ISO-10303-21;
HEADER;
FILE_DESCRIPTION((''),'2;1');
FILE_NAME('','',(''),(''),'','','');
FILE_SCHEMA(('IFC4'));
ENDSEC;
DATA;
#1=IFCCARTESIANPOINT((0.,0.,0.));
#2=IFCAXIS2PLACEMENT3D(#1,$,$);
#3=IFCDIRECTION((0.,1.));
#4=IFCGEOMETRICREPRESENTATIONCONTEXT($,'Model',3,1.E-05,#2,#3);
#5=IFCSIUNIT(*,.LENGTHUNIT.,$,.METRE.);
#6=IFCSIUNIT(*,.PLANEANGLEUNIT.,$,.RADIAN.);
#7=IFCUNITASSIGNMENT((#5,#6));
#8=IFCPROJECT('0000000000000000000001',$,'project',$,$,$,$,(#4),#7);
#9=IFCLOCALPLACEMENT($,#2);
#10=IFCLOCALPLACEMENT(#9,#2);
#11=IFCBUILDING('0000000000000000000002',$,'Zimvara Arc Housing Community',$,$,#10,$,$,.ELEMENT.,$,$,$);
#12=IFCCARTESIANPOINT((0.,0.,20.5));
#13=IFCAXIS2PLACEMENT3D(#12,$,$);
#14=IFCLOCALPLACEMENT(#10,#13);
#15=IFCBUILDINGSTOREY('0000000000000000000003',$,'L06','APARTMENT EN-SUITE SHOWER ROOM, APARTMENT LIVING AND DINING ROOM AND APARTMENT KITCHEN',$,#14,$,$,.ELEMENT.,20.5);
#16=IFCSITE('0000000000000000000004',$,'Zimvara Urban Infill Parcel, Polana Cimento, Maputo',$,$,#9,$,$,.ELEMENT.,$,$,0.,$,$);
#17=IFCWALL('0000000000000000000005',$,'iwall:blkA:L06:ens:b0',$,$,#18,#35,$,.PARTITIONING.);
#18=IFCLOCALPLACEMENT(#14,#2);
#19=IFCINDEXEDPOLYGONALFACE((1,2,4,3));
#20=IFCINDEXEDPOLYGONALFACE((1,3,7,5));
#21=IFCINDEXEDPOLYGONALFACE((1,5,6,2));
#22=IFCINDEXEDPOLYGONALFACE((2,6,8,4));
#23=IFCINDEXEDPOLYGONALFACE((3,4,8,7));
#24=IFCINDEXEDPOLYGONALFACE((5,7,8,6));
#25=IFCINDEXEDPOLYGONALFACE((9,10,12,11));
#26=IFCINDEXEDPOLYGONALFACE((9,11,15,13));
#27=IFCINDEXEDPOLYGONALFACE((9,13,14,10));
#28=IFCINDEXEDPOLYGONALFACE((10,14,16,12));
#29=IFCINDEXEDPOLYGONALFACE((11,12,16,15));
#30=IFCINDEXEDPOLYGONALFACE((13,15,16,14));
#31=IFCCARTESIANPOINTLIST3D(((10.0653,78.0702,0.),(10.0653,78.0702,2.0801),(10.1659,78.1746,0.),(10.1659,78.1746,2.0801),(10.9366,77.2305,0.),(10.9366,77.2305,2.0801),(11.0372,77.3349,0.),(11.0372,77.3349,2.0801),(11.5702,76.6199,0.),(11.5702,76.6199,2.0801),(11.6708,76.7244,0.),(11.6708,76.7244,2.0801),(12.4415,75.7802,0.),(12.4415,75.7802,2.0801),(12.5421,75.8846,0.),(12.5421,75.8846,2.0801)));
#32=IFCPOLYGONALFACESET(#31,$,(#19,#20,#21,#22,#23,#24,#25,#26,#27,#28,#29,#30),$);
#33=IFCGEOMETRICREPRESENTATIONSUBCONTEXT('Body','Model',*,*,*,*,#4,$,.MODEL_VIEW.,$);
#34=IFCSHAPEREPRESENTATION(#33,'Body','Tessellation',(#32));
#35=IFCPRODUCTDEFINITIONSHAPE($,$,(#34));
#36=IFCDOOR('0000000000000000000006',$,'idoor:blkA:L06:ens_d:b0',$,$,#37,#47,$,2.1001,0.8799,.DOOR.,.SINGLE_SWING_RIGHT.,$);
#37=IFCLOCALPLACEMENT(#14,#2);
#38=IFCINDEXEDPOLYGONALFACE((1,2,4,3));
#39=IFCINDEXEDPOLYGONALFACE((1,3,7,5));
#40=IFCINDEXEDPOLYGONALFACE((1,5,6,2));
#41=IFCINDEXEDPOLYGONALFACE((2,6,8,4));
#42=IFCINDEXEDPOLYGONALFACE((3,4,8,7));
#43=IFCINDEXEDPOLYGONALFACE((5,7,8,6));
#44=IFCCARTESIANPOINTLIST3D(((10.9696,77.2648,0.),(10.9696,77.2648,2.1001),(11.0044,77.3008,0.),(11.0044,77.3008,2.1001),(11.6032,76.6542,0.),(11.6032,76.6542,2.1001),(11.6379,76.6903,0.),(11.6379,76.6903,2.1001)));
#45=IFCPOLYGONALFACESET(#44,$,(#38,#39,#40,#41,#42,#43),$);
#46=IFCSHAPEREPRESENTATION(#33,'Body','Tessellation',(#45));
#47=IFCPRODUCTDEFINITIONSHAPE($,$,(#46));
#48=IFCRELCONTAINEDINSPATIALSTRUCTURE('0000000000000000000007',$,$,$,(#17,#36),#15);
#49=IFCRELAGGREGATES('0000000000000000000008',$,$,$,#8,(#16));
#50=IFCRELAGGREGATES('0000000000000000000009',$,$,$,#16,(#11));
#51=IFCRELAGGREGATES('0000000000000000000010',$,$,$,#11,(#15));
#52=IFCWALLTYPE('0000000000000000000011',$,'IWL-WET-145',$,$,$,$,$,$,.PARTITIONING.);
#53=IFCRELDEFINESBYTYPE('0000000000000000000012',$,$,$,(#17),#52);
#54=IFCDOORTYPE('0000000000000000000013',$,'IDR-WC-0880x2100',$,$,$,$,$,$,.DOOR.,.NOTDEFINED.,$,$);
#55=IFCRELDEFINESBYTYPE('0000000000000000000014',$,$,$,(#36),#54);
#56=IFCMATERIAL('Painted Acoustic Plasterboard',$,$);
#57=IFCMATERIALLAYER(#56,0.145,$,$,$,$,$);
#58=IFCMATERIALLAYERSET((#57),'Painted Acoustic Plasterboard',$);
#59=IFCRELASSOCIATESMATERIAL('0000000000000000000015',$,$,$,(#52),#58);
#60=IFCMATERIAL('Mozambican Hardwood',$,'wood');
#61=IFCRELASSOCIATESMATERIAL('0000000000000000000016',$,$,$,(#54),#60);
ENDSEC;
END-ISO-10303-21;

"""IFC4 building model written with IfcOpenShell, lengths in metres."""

from ifc_helpers import new_model, si_unit, direction, frame, frame_2d, origin, place, context, subcontext, project, spatial, rectangle, extrude, material, layer, layer_set, type_object, element, fill, save


model = new_model("IFC4")

# Units and contexts
model_context = context("Model", 3, precision=1e-05, world=origin(), true_north=direction((0.0, 1.0)))
body_context = subcontext(model_context, "Body", "Model", "MODEL_VIEW")
ifc_project = project(units=[si_unit("LENGTHUNIT", "METRE"), si_unit("PLANEANGLEUNIT", "RADIAN")], contexts=[model_context])

# Site, building, storey
site_placement = place(None, origin())
site = spatial("IfcSite", under=ifc_project, at=site_placement, Name="Zimvara Urban Infill Parcel, Polana Cimento, Maputo", CompositionType="ELEMENT", RefElevation=0.0)
building_placement = place(site_placement, origin())
building = spatial("IfcBuilding", under=site, at=building_placement, Name="Zimvara Arc Housing Community", CompositionType="ELEMENT")
storey_placement = place(building_placement, frame((0.0, 0.0, 20.5)))
storey = spatial("IfcBuildingStorey", under=building, at=storey_placement, Name="L06", Description="APARTMENT EN-SUITE SHOWER ROOM, APARTMENT LIVING AND DINING ROOM AND APARTMENT KITCHEN", CompositionType="ELEMENT", Elevation=20.5)

# Wall, opening, door
ifc_material_1 = material(Name="Painted Acoustic Plasterboard")
ifc_layer_1 = layer(ifc_material_1, 0.145)
ifc_layer_set_1 = layer_set([ifc_layer_1], Name="Painted Acoustic Plasterboard")
wall_type_1 = type_object("IfcWallType", Name="IWL-WET-145", PredefinedType="PARTITIONING", material=ifc_layer_set_1)
wall_1_placement = place(storey_placement, frame((12.4917, 75.8325, 0.0), z_axis=(0.0, 0.0, 1.0), x_axis=(-0.720044, 0.693929, 0.0)))
wall_1 = element("IfcWall", 1, at=wall_1_placement, inside=storey, type_object=wall_type_1, Name="iwall:blkA:L06:ens:b0", PredefinedType="PARTITIONING", context=body_context, shape_type="SweptSolid", body=[
    extrude(rectangle(XDim=3.3, YDim=0.145, at=frame_2d((1.6499, 0.0))), origin(), (0.0, 0.0, 1.0), 2.0801),
])
opening_1_placement = place(wall_1_placement, frame((1.21, 0.0, 0.0)))
opening_1 = element("IfcOpeningElement", 2, at=opening_1_placement, cuts=wall_1, PredefinedType="OPENING", context=body_context, shape_type="SweptSolid", body=[
    extrude(rectangle(XDim=0.8799, YDim=2.1001, at=frame_2d((0.4399, 1.05))), frame((0.0, 0.0825, 0.0), z_axis=(0.0, -1.0, 0.0), x_axis=(1.0, 0.0, 0.0)), (0.0, 0.0, 1.0), 0.165),
])
ifc_material_2 = material(Name="Mozambican Hardwood", Category="wood")
door_type_1 = type_object("IfcDoorType", Name="IDR-WC-0880x2100", OperationType="NOTDEFINED", PredefinedType="DOOR", material=ifc_material_2)
door_1_placement = place(opening_1_placement, origin())
door_1 = element("IfcDoor", 3, at=door_1_placement, inside=storey, type_object=door_type_1, Name="idoor:blkA:L06:ens_d:b0", OperationType="SINGLE_SWING_RIGHT", OverallHeight=2.1001, OverallWidth=0.8799, PredefinedType="DOOR", context=body_context, shape_type="SweptSolid", body=[
    extrude(rectangle(XDim=0.8799, YDim=2.1001, at=frame_2d((0.4399, 1.05))), frame((0.0, 0.0249, 0.0), z_axis=(0.0, -1.0, 0.0), x_axis=(1.0, 0.0, 0.0)), (0.0, 0.0, 1.0), 0.05),
])
fill(opening_1, door_1)

save(model, "model.ifc")
